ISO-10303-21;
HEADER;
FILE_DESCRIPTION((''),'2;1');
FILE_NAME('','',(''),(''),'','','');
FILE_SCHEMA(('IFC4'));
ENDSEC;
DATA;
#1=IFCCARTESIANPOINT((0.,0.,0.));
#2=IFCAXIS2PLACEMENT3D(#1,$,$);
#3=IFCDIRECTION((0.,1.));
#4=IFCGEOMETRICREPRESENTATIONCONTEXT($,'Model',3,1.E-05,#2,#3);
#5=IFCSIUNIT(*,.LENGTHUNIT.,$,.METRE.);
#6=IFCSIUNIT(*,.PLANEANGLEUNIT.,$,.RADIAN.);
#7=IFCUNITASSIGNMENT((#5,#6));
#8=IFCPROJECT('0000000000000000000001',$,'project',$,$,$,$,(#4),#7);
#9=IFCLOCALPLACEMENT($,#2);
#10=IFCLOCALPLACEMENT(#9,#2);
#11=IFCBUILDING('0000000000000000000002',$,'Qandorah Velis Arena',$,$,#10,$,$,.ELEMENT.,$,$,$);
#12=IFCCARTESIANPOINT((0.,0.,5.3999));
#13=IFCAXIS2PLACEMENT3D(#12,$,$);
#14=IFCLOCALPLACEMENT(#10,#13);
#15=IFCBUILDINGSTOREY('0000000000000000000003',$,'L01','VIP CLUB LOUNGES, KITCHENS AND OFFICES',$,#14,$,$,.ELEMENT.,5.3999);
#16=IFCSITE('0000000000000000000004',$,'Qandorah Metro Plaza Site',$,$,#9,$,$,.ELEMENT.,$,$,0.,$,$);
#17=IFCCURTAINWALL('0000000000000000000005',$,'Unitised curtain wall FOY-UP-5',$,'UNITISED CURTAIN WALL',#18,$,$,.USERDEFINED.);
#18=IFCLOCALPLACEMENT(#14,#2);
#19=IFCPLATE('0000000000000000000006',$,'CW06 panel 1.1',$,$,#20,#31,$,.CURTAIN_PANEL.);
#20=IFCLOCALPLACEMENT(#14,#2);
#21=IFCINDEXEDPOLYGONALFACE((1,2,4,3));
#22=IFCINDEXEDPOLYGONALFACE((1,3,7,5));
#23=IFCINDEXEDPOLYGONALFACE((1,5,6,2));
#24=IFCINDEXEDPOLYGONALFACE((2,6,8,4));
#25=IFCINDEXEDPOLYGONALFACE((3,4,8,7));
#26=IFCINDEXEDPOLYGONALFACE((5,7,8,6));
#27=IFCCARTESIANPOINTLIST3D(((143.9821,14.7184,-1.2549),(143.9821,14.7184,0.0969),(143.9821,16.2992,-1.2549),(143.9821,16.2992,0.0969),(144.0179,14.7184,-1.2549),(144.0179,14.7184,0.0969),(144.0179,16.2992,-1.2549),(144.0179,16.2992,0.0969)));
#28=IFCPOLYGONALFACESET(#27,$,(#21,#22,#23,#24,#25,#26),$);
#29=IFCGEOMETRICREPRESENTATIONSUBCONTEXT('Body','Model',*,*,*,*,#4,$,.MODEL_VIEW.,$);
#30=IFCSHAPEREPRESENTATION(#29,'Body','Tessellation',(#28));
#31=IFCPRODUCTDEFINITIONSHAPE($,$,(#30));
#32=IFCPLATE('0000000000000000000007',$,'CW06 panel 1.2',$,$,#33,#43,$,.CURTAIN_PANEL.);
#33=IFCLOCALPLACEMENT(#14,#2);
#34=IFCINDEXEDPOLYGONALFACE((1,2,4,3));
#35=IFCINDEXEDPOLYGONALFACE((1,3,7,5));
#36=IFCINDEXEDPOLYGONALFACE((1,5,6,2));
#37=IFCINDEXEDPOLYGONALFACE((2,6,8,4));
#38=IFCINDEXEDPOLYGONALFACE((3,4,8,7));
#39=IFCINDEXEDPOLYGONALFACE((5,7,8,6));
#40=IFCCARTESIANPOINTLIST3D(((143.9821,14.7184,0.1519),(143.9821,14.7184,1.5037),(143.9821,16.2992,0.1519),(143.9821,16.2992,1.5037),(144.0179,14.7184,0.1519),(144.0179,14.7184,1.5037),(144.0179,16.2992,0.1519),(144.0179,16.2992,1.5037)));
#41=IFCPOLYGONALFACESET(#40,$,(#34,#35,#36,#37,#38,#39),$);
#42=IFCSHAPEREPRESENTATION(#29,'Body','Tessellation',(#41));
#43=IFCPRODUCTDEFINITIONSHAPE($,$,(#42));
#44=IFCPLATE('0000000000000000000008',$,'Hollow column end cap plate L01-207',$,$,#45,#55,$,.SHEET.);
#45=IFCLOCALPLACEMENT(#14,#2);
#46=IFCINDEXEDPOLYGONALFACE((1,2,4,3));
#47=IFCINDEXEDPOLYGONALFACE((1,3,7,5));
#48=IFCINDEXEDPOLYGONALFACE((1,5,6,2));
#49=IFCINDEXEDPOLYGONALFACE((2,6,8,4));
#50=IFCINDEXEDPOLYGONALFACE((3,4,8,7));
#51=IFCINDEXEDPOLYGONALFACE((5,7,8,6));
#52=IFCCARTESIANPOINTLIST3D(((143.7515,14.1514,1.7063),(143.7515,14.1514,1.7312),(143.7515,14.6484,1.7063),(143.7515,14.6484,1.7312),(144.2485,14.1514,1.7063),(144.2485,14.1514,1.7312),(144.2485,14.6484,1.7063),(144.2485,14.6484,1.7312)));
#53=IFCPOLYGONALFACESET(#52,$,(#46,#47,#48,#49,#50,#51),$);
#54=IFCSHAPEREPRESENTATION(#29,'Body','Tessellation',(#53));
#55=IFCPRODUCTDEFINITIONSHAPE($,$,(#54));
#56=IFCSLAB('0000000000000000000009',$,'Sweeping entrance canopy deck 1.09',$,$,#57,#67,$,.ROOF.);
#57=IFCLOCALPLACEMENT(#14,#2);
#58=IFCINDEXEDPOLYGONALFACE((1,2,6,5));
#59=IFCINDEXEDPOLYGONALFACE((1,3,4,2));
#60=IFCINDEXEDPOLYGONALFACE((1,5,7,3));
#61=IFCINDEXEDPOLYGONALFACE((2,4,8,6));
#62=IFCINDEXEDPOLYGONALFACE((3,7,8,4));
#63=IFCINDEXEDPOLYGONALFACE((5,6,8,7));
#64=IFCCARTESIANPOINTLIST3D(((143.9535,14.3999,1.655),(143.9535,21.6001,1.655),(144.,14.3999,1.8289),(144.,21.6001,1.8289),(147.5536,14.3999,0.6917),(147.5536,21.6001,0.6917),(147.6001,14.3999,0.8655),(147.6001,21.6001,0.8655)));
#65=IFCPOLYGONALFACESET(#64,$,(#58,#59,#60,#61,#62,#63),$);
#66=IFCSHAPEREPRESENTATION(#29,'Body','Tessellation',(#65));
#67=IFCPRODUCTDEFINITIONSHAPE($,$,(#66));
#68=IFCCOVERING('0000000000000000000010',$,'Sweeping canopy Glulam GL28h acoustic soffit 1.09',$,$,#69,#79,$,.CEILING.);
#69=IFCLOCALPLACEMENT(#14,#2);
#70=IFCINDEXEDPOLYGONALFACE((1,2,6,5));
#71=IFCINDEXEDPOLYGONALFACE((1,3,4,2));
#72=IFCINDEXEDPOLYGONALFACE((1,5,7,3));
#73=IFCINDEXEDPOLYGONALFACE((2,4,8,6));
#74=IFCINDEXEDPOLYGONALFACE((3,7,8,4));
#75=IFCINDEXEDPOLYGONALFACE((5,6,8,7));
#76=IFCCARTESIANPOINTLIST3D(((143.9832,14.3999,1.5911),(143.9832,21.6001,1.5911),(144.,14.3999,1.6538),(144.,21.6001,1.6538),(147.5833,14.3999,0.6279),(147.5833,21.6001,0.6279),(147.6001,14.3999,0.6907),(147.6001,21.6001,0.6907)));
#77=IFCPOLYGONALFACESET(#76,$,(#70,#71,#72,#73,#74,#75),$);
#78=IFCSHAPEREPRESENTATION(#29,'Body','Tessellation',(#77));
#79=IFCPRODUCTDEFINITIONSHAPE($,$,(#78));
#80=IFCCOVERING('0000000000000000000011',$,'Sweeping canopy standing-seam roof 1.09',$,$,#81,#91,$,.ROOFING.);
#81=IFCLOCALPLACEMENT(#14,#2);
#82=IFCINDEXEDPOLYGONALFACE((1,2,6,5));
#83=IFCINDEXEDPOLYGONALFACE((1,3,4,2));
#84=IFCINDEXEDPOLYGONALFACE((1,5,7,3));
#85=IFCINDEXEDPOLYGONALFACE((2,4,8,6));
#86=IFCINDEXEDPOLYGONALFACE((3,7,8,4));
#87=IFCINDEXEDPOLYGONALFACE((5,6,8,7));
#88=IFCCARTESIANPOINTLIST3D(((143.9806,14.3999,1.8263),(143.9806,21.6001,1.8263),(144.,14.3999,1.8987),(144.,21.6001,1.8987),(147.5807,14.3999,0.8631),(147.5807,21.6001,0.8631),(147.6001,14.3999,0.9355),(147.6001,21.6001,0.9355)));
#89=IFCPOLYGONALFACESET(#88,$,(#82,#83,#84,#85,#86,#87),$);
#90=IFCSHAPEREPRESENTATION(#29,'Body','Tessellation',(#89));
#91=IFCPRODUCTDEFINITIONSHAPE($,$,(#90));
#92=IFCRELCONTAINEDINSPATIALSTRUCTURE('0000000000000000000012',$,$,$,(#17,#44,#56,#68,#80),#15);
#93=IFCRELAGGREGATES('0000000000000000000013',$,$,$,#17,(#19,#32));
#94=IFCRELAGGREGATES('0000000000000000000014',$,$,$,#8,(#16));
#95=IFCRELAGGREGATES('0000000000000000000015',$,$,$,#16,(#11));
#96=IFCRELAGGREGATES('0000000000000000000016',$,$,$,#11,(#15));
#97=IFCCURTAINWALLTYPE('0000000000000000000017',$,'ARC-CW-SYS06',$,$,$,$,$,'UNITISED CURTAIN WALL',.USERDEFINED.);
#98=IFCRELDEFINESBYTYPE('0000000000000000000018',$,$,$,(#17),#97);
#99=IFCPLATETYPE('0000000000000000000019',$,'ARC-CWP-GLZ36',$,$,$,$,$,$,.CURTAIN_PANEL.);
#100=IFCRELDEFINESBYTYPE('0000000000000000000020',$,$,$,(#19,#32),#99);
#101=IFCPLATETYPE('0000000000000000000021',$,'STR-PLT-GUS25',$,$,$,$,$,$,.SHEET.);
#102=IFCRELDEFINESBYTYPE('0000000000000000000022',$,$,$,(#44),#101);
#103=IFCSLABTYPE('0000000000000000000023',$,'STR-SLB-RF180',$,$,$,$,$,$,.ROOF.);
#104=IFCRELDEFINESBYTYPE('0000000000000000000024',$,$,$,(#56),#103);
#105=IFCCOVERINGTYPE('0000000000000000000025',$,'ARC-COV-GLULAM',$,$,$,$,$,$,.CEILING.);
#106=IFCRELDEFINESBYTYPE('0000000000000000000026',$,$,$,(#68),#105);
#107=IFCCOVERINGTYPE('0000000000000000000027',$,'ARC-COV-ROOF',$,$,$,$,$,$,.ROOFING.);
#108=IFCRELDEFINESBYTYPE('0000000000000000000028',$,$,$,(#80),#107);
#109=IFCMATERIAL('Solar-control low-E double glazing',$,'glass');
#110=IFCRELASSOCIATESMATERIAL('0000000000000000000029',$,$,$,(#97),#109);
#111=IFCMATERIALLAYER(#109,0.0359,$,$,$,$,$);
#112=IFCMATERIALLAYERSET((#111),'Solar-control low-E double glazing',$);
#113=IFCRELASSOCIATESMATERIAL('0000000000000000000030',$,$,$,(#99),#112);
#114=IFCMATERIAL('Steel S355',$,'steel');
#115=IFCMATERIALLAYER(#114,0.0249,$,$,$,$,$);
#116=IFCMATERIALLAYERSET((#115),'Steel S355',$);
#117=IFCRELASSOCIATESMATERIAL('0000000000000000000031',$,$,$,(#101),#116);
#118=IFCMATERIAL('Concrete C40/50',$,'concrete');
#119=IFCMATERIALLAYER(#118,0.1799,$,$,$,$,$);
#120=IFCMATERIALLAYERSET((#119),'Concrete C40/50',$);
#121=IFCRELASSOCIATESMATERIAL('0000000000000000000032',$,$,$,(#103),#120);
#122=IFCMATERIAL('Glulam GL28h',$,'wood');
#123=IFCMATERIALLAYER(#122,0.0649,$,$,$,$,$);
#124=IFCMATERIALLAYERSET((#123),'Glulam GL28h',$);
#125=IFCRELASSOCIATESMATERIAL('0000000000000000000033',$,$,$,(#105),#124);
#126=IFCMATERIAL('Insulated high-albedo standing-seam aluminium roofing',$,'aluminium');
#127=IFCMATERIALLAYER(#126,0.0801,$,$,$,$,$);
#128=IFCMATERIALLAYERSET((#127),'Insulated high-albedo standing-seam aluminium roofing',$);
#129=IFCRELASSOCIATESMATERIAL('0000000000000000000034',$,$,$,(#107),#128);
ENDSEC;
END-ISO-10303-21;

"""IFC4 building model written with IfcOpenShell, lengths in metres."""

from ifc_helpers import new_model, si_unit, direction, frame, origin, origin_2d, place, context, subcontext, project, spatial, polyline, rectangle, outline, extrude, material, layer, layer_set, type_object, element, aggregate, save


model = new_model("IFC4")

# Units and contexts
model_context = context("Model", 3, precision=1e-05, world=origin(), true_north=direction((0.0, 1.0)))
body_context = subcontext(model_context, "Body", "Model", "MODEL_VIEW")
ifc_project = project(units=[si_unit("LENGTHUNIT", "METRE"), si_unit("PLANEANGLEUNIT", "RADIAN")], contexts=[model_context])

# Site, building, storey
site_placement = place(None, origin())
site = spatial("IfcSite", under=ifc_project, at=site_placement, Name="Qandorah Metro Plaza Site", CompositionType="ELEMENT", RefElevation=0.0)
building_placement = place(site_placement, origin())
building = spatial("IfcBuilding", under=site, at=building_placement, Name="Qandorah Velis Arena", CompositionType="ELEMENT")
storey_placement = place(building_placement, frame((0.0, 0.0, 5.3999)))
storey = spatial("IfcBuildingStorey", under=building, at=storey_placement, Name="L01", Description="VIP CLUB LOUNGES, KITCHENS AND OFFICES", CompositionType="ELEMENT", Elevation=5.3999)

# Shared definitions
ifc_material_1 = material(Name="Steel S355", Category="steel")

# Shared definitions
ifc_material_2 = material(Name="Solar-control low-E double glazing", Category="glass")

# Curtain wall
curtain_wall_type_1 = type_object("IfcCurtainWallType", Name="ARC-CW-SYS06", ElementType="UNITISED CURTAIN WALL", PredefinedType="USERDEFINED", material=ifc_material_2)
curtain_wall_1_placement = place(storey_placement, origin())
curtain_wall_1 = element("IfcCurtainWall", 1, at=curtain_wall_1_placement, inside=storey, type_object=curtain_wall_type_1, Name="Unitised curtain wall FOY-UP-5", ObjectType="UNITISED CURTAIN WALL", PredefinedType="USERDEFINED")

# Plates
ifc_layer_1 = layer(ifc_material_2, 0.0359)
ifc_layer_set_1 = layer_set([ifc_layer_1], Name="Solar-control low-E double glazing")
plate_type_1 = type_object("IfcPlateType", Name="ARC-CWP-GLZ36", PredefinedType="CURTAIN_PANEL", material=ifc_layer_set_1)
plate_1_placement = place(storey_placement, frame((144.0, 15.5088, -1.2549), z_axis=(0.0, 0.0, 1.0), x_axis=(0.0, 1.0, 0.0)))
plate_1 = element("IfcPlate", 2, at=plate_1_placement, type_object=plate_type_1, Name="CW06 panel 1.1", PredefinedType="CURTAIN_PANEL", context=body_context, shape_type="SweptSolid", body=[
    extrude(rectangle(XDim=1.5808, YDim=0.0359, at=origin_2d()), origin(), (0.0, 0.0, 1.0), 1.3518),
])
plate_2_placement = place(storey_placement, frame((144.0, 15.5088, 0.1519), z_axis=(0.0, 0.0, 1.0), x_axis=(0.0, 1.0, 0.0)))
plate_2 = element("IfcPlate", 3, at=plate_2_placement, type_object=plate_type_1, Name="CW06 panel 1.2", PredefinedType="CURTAIN_PANEL", context=body_context, shape_type="SweptSolid", body=[
    extrude(rectangle(XDim=1.5808, YDim=0.0359, at=origin_2d()), origin(), (0.0, 0.0, 1.0), 1.3518),
])
aggregate(curtain_wall_1, [plate_1, plate_2])
ifc_layer_2 = layer(ifc_material_1, 0.0249)
ifc_layer_set_2 = layer_set([ifc_layer_2], Name="Steel S355")
plate_type_2 = type_object("IfcPlateType", Name="STR-PLT-GUS25", PredefinedType="SHEET", material=ifc_layer_set_2)
plate_3_placement = place(storey_placement, frame((144.0, 14.3999, 1.7063), z_axis=(0.0, 0.0, 1.0), x_axis=(1.0, 0.0, 0.0)))
element("IfcPlate", 4, at=plate_3_placement, inside=storey, type_object=plate_type_2, Name="Hollow column end cap plate L01-207", PredefinedType="SHEET", context=body_context, shape_type="SweptSolid", body=[
    extrude(rectangle(XDim=0.4971, YDim=0.4971, at=origin_2d()), origin(), (0.0, 0.0, 1.0), 0.0249),
])

# Slab
ifc_material_3 = material(Name="Concrete C40/50", Category="concrete")
ifc_layer_3 = layer(ifc_material_3, 0.1799)
ifc_layer_set_3 = layer_set([ifc_layer_3], Name="Concrete C40/50")
slab_type = type_object("IfcSlabType", Name="STR-SLB-RF180", PredefinedType="ROOF", material=ifc_layer_set_3)
slab_placement = place(storey_placement, frame((144.0, 14.3999, 1.8289), z_axis=(0.258502, 0.0, 0.966011), x_axis=(0.966011, 0.0, -0.258502)))
element("IfcSlab", 5, at=slab_placement, inside=storey, type_object=slab_type, Name="Sweeping entrance canopy deck 1.09", PredefinedType="ROOF", context=body_context, shape_type="SweptSolid", body=[
    extrude(outline(polyline([(0.0, 0.0), (3.7268, 0.0), (3.7268, 7.2002), (0.0, 7.2002), (0.0, 0.0)])), origin(), (0.0, 0.0, -1.0), 0.1799),
])

# Coverings
ifc_material_4 = material(Name="Glulam GL28h", Category="wood")
ifc_layer_4 = layer(ifc_material_4, 0.0649)
ifc_layer_set_4 = layer_set([ifc_layer_4], Name="Glulam GL28h")
covering_type_1 = type_object("IfcCoveringType", Name="ARC-COV-GLULAM", PredefinedType="CEILING", material=ifc_layer_set_4)
covering_1_placement = place(storey_placement, frame((144.0, 14.3999, 1.6538), z_axis=(0.258441, 0.0, 0.966027), x_axis=(0.966027, 0.0, -0.258441)))
element("IfcCovering", 6, at=covering_1_placement, inside=storey, type_object=covering_type_1, Name="Sweeping canopy Glulam GL28h acoustic soffit 1.09", PredefinedType="CEILING", context=body_context, shape_type="SweptSolid", body=[
    extrude(outline(polyline([(0.0, 0.0), (3.7267, 0.0), (3.7267, 7.2002), (0.0, 7.2002), (0.0, 0.0)])), origin(), (0.0, 0.0, -1.0), 0.0649),
])
ifc_material_5 = material(Name="Insulated high-albedo standing-seam aluminium roofing", Category="aluminium")
ifc_layer_5 = layer(ifc_material_5, 0.0801)
ifc_layer_set_5 = layer_set([ifc_layer_5], Name="Insulated high-albedo standing-seam aluminium roofing")
covering_type_2 = type_object("IfcCoveringType", Name="ARC-COV-ROOF", PredefinedType="ROOFING", material=ifc_layer_set_5)
covering_2_placement = place(storey_placement, frame((144.0, 14.3999, 1.8987), z_axis=(0.258441, 0.0, 0.966027), x_axis=(0.966027, 0.0, -0.258441)))
element("IfcCovering", 7, at=covering_2_placement, inside=storey, type_object=covering_type_2, Name="Sweeping canopy standing-seam roof 1.09", PredefinedType="ROOFING", context=body_context, shape_type="SweptSolid", body=[
    extrude(outline(polyline([(0.0, 0.0), (3.7267, 0.0), (3.7267, 7.2002), (0.0, 7.2002), (0.0, 0.0)])), origin(), (0.0, 0.0, -1.0), 0.075),
])

save(model, "model.ifc")
